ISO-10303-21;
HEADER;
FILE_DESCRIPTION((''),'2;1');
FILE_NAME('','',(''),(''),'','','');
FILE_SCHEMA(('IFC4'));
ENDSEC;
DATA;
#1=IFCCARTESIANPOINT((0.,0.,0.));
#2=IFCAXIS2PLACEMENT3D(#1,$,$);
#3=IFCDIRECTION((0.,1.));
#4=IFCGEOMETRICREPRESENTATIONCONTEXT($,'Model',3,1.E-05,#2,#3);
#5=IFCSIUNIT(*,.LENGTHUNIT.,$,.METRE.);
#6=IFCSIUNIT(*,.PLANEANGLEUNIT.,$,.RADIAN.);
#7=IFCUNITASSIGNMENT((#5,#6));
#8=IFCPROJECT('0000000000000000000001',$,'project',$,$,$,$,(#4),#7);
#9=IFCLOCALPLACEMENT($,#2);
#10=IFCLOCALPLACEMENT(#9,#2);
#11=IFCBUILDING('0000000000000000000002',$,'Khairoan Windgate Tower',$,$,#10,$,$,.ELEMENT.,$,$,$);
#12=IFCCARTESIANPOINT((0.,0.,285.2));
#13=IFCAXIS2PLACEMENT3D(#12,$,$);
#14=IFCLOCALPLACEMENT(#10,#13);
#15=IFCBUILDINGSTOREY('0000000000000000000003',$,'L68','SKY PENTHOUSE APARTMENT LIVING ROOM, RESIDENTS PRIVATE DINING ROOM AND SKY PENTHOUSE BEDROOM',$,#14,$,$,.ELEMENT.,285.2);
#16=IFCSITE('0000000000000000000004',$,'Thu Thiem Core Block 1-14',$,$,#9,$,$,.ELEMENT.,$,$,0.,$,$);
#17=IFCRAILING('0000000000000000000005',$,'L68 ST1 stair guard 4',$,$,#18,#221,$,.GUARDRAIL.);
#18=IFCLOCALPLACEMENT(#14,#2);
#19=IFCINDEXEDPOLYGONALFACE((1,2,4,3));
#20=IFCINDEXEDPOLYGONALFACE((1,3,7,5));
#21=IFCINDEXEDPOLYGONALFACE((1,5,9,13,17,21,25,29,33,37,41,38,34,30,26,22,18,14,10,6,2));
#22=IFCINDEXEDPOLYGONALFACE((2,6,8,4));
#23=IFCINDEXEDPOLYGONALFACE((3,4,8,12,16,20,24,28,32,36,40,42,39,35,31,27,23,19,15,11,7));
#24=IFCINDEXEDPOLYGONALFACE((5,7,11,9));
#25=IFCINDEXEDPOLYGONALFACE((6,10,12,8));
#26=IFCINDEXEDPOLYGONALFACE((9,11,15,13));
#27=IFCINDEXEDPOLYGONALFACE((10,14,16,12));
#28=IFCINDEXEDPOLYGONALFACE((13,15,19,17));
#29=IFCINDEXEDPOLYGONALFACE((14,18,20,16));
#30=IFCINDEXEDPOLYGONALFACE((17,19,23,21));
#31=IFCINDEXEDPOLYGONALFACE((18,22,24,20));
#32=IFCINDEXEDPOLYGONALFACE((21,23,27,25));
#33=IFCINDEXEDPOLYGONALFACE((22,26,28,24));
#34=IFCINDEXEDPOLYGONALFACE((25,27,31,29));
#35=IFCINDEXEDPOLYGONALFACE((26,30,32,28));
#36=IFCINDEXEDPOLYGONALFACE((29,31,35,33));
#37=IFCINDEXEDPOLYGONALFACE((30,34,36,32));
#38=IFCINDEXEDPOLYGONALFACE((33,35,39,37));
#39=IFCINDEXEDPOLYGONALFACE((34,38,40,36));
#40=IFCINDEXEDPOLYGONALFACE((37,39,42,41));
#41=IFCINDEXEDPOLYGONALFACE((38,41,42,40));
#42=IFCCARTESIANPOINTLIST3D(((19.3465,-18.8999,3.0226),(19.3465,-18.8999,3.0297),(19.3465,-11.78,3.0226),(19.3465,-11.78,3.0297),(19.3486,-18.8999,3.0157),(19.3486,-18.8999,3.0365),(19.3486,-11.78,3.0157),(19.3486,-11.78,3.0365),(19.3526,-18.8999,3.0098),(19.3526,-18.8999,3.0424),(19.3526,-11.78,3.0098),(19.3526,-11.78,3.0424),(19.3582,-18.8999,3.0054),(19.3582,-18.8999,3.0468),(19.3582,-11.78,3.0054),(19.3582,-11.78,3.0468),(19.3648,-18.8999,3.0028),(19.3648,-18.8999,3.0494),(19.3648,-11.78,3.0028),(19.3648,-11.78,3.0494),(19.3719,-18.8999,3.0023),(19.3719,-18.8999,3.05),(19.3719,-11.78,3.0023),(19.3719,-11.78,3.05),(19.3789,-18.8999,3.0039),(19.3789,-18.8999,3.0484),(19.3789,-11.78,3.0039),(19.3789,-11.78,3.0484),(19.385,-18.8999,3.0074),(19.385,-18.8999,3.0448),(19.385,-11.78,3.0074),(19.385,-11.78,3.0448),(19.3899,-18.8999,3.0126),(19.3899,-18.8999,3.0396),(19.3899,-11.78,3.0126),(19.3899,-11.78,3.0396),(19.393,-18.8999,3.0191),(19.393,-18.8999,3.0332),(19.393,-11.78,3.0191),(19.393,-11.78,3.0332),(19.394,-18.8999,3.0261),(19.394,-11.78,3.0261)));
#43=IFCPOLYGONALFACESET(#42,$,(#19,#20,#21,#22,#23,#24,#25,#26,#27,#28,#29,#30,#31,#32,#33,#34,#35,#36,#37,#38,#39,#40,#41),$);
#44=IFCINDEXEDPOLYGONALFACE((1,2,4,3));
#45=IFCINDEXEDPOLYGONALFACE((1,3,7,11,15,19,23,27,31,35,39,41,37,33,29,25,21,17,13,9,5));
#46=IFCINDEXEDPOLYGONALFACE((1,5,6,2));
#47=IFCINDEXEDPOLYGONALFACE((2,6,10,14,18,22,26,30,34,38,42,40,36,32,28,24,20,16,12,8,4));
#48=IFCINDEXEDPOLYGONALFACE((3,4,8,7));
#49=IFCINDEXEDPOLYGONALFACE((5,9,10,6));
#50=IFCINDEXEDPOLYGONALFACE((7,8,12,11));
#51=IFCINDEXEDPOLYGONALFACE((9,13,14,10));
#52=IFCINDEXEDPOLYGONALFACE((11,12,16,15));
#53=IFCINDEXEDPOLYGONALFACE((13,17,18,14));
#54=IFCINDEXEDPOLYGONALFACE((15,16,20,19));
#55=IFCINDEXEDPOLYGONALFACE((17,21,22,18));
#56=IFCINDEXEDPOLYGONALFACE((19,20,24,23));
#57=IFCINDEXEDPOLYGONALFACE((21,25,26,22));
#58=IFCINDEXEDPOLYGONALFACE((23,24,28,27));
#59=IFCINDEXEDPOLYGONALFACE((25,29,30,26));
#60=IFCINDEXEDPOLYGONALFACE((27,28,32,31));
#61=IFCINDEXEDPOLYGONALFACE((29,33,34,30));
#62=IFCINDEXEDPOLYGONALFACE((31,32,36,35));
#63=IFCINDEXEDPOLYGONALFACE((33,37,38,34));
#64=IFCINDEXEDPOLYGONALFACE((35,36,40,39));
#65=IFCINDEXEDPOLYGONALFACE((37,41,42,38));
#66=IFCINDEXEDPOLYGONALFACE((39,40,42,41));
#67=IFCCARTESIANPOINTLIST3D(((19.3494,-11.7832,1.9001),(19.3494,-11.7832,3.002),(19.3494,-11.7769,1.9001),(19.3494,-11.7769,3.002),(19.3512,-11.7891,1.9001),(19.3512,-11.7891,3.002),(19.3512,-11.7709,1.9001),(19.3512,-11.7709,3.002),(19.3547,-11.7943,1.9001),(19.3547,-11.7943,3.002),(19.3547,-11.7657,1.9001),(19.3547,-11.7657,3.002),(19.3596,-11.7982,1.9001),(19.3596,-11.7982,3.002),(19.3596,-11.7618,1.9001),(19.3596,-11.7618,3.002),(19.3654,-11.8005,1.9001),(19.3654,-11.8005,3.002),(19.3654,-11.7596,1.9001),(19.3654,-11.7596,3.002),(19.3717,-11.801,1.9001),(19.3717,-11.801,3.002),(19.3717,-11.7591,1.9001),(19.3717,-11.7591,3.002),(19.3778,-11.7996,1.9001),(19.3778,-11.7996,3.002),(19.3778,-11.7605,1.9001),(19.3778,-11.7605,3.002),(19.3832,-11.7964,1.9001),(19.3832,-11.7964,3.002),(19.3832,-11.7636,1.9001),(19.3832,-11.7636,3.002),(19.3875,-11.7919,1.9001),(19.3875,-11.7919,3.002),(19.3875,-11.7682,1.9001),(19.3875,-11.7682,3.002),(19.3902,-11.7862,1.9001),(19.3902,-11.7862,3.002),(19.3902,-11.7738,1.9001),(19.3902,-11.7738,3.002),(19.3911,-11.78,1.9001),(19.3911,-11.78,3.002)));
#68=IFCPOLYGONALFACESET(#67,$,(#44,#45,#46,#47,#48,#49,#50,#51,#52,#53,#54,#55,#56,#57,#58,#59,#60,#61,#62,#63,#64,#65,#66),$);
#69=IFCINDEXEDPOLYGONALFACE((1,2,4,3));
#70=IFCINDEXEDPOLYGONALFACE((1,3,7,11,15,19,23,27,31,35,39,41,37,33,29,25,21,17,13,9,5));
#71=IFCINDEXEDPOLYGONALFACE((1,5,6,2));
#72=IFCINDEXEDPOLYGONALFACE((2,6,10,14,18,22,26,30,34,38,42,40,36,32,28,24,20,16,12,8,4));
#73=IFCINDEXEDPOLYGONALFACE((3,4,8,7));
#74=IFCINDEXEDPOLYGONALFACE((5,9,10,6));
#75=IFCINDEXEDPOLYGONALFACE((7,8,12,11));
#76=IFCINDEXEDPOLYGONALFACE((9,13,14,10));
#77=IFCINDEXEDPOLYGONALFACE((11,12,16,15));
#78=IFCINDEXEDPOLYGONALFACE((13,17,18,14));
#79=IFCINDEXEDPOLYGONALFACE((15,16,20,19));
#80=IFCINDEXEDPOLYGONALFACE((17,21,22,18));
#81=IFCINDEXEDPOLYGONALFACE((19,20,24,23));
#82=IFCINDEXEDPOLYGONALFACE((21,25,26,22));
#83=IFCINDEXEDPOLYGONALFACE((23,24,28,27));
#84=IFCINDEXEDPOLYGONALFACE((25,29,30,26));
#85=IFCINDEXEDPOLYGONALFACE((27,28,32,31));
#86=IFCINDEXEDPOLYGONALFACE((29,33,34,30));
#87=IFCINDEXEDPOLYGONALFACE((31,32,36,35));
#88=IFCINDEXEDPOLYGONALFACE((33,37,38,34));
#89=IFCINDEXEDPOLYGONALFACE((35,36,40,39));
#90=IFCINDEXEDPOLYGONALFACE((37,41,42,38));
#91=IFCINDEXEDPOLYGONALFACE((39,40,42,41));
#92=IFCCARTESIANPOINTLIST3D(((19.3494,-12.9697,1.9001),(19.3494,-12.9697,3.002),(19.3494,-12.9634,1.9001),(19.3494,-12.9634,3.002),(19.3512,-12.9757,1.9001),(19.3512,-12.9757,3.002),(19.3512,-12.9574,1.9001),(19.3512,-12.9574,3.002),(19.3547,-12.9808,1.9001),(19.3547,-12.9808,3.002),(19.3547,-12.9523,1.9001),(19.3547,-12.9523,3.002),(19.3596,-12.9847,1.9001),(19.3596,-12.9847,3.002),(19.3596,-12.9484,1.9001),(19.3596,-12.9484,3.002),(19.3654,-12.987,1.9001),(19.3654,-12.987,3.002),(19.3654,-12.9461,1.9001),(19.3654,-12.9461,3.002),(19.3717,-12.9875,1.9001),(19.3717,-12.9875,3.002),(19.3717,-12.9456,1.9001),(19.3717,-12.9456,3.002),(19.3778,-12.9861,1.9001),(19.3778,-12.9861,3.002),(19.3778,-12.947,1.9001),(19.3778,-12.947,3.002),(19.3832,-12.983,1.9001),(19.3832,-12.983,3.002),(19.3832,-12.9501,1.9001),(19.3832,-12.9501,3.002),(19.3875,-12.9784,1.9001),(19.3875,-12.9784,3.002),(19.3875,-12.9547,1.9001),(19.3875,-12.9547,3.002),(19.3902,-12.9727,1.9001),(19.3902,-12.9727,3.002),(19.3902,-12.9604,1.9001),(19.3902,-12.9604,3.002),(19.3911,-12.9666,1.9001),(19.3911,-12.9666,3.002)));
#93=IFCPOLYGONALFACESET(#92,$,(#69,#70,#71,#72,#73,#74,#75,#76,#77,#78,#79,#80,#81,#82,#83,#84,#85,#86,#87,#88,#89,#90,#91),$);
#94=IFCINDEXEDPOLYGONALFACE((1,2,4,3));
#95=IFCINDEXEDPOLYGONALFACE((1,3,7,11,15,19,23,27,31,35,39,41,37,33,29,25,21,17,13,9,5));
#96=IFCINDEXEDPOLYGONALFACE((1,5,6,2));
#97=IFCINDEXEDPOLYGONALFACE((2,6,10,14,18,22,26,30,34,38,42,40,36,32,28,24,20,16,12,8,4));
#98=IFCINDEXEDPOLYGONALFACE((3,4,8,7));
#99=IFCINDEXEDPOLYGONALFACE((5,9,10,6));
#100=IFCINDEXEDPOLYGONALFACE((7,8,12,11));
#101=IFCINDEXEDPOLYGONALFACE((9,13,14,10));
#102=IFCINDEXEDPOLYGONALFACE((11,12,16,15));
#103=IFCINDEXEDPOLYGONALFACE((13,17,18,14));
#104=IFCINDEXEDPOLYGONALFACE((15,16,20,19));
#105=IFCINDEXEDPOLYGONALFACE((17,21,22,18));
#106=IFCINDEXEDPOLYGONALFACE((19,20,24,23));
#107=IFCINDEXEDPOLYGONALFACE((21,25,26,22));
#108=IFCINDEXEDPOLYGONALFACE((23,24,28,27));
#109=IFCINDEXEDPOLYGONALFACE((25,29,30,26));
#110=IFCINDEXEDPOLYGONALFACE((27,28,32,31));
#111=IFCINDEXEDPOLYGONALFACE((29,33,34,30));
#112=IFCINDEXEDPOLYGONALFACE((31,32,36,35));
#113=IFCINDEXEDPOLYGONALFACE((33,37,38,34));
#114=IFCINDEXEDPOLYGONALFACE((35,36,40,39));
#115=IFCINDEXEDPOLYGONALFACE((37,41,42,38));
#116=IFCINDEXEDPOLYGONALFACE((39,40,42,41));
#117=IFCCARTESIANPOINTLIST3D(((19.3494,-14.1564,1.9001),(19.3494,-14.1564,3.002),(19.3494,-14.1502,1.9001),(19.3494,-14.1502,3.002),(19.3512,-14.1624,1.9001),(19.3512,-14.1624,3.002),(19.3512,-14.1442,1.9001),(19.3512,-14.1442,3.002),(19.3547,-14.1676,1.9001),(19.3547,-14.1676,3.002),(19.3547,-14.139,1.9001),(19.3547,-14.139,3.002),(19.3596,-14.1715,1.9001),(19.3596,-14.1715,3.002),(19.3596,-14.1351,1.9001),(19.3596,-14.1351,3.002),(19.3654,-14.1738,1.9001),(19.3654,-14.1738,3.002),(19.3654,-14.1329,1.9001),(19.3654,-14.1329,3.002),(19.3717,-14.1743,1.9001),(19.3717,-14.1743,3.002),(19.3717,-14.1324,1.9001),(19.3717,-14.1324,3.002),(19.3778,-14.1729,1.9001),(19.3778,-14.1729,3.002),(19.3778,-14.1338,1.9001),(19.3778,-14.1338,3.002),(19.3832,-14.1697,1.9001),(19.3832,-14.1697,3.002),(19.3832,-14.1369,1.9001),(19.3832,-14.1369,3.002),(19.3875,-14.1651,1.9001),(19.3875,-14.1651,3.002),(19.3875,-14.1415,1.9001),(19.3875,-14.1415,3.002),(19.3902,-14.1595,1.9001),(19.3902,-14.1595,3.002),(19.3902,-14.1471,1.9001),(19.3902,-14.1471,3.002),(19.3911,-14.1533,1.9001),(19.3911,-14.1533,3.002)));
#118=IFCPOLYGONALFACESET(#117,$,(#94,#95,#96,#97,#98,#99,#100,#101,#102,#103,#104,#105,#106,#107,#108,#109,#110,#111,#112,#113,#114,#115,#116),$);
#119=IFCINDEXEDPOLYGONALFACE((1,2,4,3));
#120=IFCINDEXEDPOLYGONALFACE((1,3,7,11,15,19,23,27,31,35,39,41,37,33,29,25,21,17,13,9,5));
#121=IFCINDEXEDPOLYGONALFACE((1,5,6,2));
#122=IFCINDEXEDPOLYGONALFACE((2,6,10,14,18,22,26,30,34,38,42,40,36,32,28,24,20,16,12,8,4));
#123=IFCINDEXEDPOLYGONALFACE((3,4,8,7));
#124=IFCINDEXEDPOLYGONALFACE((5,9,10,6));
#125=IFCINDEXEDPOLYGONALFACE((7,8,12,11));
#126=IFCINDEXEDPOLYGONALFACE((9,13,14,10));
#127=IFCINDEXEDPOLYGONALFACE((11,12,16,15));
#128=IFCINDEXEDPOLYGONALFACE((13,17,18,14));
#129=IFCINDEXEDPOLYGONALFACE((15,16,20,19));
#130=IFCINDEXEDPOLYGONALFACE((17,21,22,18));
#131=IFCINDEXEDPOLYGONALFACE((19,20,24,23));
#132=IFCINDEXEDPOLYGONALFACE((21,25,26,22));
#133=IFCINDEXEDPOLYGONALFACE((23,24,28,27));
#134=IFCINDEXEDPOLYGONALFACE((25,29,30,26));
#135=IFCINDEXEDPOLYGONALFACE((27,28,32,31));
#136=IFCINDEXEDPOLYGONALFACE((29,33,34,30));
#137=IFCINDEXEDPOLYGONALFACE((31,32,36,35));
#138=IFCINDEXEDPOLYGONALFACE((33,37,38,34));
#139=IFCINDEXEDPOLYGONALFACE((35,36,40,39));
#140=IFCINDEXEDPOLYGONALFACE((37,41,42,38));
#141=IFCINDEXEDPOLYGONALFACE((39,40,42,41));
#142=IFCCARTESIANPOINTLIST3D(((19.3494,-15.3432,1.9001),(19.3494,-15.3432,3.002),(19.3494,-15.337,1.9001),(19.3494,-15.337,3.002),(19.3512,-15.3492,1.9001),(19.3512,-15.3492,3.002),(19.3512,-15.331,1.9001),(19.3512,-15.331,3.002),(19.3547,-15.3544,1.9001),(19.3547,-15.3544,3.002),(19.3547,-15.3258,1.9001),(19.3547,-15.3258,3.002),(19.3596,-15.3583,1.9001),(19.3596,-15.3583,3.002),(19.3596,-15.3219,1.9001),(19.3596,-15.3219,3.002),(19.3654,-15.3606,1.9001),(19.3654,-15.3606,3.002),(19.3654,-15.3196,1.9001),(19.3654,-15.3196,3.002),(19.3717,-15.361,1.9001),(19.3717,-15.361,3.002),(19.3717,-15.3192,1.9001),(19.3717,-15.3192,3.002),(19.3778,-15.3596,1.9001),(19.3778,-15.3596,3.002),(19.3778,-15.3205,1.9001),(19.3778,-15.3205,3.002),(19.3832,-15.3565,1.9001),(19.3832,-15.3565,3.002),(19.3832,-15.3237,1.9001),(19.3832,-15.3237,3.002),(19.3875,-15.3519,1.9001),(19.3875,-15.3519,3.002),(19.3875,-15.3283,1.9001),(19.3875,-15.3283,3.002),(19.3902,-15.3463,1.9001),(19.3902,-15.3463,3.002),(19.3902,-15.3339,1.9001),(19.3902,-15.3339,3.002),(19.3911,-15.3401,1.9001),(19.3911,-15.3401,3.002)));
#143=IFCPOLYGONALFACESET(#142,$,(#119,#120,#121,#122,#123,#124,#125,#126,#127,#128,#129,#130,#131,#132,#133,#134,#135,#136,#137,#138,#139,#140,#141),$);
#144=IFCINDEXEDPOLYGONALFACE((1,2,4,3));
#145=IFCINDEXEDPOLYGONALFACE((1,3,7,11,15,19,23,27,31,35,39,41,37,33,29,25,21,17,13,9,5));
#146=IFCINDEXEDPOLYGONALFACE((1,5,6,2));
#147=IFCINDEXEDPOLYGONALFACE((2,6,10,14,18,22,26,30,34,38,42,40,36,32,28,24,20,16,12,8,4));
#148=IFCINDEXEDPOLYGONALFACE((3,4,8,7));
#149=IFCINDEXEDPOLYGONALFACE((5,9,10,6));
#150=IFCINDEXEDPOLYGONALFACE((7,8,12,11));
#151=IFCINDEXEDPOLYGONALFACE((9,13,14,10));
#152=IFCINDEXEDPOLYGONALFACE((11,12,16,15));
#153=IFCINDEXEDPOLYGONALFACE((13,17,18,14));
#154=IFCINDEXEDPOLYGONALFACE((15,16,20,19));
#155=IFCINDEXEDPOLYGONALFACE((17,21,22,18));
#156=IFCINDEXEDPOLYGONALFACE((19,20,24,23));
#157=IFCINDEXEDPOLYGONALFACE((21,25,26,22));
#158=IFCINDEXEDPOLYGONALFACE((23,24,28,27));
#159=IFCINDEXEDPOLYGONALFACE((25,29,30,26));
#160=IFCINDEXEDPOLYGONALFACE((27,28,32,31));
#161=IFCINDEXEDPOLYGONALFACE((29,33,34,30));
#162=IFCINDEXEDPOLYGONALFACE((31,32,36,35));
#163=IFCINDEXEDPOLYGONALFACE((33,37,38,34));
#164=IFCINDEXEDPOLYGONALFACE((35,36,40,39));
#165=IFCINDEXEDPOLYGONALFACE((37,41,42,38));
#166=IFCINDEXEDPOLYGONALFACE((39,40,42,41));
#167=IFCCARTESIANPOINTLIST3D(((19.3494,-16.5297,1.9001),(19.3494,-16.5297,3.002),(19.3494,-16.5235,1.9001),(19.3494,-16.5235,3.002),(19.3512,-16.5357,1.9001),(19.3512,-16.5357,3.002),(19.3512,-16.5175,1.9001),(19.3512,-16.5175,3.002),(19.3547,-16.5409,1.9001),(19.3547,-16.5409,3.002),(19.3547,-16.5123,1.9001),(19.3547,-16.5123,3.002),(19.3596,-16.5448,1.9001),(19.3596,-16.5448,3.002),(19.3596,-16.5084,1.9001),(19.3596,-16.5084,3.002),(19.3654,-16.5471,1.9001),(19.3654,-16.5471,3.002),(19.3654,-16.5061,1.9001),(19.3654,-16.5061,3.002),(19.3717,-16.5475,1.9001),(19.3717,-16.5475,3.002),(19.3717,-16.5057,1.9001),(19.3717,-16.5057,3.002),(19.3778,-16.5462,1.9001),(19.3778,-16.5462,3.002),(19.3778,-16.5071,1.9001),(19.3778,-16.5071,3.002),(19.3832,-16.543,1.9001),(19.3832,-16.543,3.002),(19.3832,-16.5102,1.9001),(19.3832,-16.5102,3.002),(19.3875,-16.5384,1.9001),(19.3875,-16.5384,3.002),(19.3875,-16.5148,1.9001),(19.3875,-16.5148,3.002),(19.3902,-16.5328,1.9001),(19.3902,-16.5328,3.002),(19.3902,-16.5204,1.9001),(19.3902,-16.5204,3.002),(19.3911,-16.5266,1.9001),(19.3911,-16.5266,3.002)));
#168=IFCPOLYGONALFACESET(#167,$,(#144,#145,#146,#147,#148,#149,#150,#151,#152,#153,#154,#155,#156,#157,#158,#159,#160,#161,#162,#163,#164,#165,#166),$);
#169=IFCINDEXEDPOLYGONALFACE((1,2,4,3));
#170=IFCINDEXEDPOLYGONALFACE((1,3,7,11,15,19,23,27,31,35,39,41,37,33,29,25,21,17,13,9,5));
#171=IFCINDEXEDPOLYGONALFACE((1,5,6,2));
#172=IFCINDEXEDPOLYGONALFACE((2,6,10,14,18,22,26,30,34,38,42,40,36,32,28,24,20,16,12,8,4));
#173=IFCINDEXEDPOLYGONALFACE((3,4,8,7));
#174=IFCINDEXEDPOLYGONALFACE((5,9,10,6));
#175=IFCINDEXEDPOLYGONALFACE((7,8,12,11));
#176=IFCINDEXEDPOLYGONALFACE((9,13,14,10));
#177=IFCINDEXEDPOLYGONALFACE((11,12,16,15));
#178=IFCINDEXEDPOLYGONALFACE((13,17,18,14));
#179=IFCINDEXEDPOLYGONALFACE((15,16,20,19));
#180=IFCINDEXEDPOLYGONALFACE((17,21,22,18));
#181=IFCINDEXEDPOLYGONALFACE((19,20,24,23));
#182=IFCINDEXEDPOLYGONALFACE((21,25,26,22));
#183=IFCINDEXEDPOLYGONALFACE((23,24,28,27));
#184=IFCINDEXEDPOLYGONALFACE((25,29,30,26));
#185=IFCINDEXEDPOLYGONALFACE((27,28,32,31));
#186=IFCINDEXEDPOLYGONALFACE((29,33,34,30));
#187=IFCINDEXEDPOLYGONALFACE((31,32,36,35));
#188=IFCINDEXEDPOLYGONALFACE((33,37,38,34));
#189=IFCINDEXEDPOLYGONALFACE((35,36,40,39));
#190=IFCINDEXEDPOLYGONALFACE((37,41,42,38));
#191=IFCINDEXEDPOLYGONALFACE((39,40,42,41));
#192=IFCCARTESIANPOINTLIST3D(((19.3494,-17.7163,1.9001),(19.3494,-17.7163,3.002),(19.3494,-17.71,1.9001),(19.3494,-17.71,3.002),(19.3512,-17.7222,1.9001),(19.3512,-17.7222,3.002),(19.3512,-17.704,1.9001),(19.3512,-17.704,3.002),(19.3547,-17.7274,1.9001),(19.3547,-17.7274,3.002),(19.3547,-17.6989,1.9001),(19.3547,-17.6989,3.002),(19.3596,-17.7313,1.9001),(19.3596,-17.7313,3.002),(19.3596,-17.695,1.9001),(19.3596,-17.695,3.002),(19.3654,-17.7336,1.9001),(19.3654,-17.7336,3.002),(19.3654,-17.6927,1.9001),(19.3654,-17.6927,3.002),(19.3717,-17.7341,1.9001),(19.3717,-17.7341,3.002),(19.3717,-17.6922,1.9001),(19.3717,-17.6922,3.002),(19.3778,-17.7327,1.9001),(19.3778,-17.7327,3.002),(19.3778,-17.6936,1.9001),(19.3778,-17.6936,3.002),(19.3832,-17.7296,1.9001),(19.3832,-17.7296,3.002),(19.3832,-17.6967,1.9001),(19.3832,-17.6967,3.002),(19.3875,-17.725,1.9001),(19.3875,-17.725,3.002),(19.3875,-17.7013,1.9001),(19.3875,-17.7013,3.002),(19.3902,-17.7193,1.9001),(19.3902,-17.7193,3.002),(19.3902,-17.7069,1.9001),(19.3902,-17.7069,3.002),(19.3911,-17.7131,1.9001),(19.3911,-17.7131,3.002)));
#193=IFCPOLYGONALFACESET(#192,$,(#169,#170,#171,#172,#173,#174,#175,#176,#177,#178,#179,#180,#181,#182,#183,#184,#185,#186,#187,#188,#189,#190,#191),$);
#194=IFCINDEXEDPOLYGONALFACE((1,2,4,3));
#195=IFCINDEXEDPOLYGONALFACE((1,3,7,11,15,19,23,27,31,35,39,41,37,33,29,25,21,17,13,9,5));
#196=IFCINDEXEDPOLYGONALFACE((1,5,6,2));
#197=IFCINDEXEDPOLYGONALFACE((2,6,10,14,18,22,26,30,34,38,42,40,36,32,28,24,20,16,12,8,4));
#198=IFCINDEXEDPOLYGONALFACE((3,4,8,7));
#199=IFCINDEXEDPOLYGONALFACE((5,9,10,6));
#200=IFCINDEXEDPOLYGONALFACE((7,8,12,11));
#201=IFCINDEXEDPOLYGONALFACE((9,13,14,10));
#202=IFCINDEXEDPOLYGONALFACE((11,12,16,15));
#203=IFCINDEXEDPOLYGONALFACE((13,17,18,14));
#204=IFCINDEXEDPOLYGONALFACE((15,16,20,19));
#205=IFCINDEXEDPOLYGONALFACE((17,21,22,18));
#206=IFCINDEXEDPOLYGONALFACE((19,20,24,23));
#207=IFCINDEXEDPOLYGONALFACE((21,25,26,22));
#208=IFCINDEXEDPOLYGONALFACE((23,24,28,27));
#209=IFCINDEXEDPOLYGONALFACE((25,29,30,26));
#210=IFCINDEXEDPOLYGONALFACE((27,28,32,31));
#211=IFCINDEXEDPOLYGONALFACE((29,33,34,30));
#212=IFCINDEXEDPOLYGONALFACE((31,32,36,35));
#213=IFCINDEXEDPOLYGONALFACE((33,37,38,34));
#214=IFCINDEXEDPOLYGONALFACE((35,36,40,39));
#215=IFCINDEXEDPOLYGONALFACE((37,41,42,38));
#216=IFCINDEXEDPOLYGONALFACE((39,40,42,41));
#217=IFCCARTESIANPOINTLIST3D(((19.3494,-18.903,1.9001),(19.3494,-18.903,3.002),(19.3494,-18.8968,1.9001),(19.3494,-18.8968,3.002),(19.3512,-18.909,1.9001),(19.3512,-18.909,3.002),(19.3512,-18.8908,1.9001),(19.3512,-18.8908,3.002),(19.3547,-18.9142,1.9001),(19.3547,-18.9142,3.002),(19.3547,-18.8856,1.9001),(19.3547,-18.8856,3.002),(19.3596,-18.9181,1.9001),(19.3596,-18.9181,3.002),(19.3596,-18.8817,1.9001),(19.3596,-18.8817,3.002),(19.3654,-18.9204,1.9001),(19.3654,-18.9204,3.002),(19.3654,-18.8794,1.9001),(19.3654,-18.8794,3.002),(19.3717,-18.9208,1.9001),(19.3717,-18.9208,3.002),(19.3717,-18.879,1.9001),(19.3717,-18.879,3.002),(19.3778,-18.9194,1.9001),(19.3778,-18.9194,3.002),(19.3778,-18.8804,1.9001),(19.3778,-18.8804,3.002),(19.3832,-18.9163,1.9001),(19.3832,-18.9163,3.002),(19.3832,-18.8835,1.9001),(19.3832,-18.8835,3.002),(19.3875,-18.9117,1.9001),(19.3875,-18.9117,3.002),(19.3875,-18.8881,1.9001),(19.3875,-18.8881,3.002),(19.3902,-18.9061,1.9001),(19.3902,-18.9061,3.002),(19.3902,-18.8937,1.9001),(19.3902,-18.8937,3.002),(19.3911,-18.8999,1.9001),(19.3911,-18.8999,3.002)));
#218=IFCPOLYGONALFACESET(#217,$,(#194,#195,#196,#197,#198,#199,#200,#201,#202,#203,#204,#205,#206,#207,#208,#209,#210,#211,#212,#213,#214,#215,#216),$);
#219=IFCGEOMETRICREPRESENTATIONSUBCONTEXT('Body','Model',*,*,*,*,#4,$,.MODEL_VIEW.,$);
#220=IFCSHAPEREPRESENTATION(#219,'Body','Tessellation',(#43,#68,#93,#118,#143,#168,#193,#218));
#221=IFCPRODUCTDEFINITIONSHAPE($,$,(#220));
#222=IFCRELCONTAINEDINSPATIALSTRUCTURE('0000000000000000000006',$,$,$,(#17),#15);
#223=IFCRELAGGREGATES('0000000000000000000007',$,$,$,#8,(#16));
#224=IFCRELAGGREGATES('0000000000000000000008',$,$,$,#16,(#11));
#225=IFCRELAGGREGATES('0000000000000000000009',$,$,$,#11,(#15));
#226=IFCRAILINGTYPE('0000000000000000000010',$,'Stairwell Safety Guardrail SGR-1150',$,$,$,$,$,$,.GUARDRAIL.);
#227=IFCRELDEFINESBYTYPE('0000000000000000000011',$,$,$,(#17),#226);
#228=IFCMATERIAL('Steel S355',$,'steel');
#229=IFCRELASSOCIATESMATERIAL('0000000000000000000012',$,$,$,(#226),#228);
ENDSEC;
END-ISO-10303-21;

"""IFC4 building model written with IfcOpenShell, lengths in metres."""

from ifc_helpers import new_model, si_unit, direction, frame, origin, origin_2d, place, context, subcontext, project, spatial, circle, extrude, material, type_object, element, save


model = new_model("IFC4")

# Units and contexts
model_context = context("Model", 3, precision=1e-05, world=origin(), true_north=direction((0.0, 1.0)))
body_context = subcontext(model_context, "Body", "Model", "MODEL_VIEW")
ifc_project = project(units=[si_unit("LENGTHUNIT", "METRE"), si_unit("PLANEANGLEUNIT", "RADIAN")], contexts=[model_context])

# Site, building, storey
site_placement = place(None, origin())
site = spatial("IfcSite", under=ifc_project, at=site_placement, Name="Thu Thiem Core Block 1-14", CompositionType="ELEMENT", RefElevation=0.0)
building_placement = place(site_placement, origin())
building = spatial("IfcBuilding", under=site, at=building_placement, Name="Khairoan Windgate Tower", CompositionType="ELEMENT")
storey_placement = place(building_placement, frame((0.0, 0.0, 285.2)))
storey = spatial("IfcBuildingStorey", under=building, at=storey_placement, Name="L68", Description="SKY PENTHOUSE APARTMENT LIVING ROOM, RESIDENTS PRIVATE DINING ROOM AND SKY PENTHOUSE BEDROOM", CompositionType="ELEMENT", Elevation=285.2)

# Railing
ifc_material_1 = material(Name="Steel S355", Category="steel")
railing_type_1 = type_object("IfcRailingType", Name="Stairwell Safety Guardrail SGR-1150", PredefinedType="GUARDRAIL", material=ifc_material_1)
railing_1_placement = place(storey_placement, frame((19.3701, -11.78, 1.9001)))
element("IfcRailing", 1, at=railing_1_placement, inside=storey, type_object=railing_type_1, Name="L68 ST1 stair guard 4", PredefinedType="GUARDRAIL", context=body_context, shape_type="SweptSolid", body=[
    extrude(circle(Radius=0.0239, at=origin_2d()), frame((0.0, 0.0, 1.126), z_axis=(0.0, -1.0, 0.0), x_axis=(1.0, 0.0, 0.0)), (0.0, 0.0, 1.0), 7.1199),
    extrude(circle(Radius=0.021, at=origin_2d()), origin(), (0.0, 0.0, 1.0), 1.1018),
    extrude(circle(Radius=0.021, at=origin_2d()), frame((0.0, -1.1865, 0.0)), (0.0, 0.0, 1.0), 1.1018),
    extrude(circle(Radius=0.021, at=origin_2d()), frame((0.0, -2.3733, 0.0)), (0.0, 0.0, 1.0), 1.1018),
    extrude(circle(Radius=0.021, at=origin_2d()), frame((0.0, -3.5601, 0.0)), (0.0, 0.0, 1.0), 1.1018),
    extrude(circle(Radius=0.021, at=origin_2d()), frame((0.0, -4.7466, 0.0)), (0.0, 0.0, 1.0), 1.1018),
    extrude(circle(Radius=0.021, at=origin_2d()), frame((0.0, -5.9331, 0.0)), (0.0, 0.0, 1.0), 1.1018),
    extrude(circle(Radius=0.021, at=origin_2d()), frame((0.0, -7.1199, 0.0)), (0.0, 0.0, 1.0), 1.1018),
])

save(model, "model.ifc")
